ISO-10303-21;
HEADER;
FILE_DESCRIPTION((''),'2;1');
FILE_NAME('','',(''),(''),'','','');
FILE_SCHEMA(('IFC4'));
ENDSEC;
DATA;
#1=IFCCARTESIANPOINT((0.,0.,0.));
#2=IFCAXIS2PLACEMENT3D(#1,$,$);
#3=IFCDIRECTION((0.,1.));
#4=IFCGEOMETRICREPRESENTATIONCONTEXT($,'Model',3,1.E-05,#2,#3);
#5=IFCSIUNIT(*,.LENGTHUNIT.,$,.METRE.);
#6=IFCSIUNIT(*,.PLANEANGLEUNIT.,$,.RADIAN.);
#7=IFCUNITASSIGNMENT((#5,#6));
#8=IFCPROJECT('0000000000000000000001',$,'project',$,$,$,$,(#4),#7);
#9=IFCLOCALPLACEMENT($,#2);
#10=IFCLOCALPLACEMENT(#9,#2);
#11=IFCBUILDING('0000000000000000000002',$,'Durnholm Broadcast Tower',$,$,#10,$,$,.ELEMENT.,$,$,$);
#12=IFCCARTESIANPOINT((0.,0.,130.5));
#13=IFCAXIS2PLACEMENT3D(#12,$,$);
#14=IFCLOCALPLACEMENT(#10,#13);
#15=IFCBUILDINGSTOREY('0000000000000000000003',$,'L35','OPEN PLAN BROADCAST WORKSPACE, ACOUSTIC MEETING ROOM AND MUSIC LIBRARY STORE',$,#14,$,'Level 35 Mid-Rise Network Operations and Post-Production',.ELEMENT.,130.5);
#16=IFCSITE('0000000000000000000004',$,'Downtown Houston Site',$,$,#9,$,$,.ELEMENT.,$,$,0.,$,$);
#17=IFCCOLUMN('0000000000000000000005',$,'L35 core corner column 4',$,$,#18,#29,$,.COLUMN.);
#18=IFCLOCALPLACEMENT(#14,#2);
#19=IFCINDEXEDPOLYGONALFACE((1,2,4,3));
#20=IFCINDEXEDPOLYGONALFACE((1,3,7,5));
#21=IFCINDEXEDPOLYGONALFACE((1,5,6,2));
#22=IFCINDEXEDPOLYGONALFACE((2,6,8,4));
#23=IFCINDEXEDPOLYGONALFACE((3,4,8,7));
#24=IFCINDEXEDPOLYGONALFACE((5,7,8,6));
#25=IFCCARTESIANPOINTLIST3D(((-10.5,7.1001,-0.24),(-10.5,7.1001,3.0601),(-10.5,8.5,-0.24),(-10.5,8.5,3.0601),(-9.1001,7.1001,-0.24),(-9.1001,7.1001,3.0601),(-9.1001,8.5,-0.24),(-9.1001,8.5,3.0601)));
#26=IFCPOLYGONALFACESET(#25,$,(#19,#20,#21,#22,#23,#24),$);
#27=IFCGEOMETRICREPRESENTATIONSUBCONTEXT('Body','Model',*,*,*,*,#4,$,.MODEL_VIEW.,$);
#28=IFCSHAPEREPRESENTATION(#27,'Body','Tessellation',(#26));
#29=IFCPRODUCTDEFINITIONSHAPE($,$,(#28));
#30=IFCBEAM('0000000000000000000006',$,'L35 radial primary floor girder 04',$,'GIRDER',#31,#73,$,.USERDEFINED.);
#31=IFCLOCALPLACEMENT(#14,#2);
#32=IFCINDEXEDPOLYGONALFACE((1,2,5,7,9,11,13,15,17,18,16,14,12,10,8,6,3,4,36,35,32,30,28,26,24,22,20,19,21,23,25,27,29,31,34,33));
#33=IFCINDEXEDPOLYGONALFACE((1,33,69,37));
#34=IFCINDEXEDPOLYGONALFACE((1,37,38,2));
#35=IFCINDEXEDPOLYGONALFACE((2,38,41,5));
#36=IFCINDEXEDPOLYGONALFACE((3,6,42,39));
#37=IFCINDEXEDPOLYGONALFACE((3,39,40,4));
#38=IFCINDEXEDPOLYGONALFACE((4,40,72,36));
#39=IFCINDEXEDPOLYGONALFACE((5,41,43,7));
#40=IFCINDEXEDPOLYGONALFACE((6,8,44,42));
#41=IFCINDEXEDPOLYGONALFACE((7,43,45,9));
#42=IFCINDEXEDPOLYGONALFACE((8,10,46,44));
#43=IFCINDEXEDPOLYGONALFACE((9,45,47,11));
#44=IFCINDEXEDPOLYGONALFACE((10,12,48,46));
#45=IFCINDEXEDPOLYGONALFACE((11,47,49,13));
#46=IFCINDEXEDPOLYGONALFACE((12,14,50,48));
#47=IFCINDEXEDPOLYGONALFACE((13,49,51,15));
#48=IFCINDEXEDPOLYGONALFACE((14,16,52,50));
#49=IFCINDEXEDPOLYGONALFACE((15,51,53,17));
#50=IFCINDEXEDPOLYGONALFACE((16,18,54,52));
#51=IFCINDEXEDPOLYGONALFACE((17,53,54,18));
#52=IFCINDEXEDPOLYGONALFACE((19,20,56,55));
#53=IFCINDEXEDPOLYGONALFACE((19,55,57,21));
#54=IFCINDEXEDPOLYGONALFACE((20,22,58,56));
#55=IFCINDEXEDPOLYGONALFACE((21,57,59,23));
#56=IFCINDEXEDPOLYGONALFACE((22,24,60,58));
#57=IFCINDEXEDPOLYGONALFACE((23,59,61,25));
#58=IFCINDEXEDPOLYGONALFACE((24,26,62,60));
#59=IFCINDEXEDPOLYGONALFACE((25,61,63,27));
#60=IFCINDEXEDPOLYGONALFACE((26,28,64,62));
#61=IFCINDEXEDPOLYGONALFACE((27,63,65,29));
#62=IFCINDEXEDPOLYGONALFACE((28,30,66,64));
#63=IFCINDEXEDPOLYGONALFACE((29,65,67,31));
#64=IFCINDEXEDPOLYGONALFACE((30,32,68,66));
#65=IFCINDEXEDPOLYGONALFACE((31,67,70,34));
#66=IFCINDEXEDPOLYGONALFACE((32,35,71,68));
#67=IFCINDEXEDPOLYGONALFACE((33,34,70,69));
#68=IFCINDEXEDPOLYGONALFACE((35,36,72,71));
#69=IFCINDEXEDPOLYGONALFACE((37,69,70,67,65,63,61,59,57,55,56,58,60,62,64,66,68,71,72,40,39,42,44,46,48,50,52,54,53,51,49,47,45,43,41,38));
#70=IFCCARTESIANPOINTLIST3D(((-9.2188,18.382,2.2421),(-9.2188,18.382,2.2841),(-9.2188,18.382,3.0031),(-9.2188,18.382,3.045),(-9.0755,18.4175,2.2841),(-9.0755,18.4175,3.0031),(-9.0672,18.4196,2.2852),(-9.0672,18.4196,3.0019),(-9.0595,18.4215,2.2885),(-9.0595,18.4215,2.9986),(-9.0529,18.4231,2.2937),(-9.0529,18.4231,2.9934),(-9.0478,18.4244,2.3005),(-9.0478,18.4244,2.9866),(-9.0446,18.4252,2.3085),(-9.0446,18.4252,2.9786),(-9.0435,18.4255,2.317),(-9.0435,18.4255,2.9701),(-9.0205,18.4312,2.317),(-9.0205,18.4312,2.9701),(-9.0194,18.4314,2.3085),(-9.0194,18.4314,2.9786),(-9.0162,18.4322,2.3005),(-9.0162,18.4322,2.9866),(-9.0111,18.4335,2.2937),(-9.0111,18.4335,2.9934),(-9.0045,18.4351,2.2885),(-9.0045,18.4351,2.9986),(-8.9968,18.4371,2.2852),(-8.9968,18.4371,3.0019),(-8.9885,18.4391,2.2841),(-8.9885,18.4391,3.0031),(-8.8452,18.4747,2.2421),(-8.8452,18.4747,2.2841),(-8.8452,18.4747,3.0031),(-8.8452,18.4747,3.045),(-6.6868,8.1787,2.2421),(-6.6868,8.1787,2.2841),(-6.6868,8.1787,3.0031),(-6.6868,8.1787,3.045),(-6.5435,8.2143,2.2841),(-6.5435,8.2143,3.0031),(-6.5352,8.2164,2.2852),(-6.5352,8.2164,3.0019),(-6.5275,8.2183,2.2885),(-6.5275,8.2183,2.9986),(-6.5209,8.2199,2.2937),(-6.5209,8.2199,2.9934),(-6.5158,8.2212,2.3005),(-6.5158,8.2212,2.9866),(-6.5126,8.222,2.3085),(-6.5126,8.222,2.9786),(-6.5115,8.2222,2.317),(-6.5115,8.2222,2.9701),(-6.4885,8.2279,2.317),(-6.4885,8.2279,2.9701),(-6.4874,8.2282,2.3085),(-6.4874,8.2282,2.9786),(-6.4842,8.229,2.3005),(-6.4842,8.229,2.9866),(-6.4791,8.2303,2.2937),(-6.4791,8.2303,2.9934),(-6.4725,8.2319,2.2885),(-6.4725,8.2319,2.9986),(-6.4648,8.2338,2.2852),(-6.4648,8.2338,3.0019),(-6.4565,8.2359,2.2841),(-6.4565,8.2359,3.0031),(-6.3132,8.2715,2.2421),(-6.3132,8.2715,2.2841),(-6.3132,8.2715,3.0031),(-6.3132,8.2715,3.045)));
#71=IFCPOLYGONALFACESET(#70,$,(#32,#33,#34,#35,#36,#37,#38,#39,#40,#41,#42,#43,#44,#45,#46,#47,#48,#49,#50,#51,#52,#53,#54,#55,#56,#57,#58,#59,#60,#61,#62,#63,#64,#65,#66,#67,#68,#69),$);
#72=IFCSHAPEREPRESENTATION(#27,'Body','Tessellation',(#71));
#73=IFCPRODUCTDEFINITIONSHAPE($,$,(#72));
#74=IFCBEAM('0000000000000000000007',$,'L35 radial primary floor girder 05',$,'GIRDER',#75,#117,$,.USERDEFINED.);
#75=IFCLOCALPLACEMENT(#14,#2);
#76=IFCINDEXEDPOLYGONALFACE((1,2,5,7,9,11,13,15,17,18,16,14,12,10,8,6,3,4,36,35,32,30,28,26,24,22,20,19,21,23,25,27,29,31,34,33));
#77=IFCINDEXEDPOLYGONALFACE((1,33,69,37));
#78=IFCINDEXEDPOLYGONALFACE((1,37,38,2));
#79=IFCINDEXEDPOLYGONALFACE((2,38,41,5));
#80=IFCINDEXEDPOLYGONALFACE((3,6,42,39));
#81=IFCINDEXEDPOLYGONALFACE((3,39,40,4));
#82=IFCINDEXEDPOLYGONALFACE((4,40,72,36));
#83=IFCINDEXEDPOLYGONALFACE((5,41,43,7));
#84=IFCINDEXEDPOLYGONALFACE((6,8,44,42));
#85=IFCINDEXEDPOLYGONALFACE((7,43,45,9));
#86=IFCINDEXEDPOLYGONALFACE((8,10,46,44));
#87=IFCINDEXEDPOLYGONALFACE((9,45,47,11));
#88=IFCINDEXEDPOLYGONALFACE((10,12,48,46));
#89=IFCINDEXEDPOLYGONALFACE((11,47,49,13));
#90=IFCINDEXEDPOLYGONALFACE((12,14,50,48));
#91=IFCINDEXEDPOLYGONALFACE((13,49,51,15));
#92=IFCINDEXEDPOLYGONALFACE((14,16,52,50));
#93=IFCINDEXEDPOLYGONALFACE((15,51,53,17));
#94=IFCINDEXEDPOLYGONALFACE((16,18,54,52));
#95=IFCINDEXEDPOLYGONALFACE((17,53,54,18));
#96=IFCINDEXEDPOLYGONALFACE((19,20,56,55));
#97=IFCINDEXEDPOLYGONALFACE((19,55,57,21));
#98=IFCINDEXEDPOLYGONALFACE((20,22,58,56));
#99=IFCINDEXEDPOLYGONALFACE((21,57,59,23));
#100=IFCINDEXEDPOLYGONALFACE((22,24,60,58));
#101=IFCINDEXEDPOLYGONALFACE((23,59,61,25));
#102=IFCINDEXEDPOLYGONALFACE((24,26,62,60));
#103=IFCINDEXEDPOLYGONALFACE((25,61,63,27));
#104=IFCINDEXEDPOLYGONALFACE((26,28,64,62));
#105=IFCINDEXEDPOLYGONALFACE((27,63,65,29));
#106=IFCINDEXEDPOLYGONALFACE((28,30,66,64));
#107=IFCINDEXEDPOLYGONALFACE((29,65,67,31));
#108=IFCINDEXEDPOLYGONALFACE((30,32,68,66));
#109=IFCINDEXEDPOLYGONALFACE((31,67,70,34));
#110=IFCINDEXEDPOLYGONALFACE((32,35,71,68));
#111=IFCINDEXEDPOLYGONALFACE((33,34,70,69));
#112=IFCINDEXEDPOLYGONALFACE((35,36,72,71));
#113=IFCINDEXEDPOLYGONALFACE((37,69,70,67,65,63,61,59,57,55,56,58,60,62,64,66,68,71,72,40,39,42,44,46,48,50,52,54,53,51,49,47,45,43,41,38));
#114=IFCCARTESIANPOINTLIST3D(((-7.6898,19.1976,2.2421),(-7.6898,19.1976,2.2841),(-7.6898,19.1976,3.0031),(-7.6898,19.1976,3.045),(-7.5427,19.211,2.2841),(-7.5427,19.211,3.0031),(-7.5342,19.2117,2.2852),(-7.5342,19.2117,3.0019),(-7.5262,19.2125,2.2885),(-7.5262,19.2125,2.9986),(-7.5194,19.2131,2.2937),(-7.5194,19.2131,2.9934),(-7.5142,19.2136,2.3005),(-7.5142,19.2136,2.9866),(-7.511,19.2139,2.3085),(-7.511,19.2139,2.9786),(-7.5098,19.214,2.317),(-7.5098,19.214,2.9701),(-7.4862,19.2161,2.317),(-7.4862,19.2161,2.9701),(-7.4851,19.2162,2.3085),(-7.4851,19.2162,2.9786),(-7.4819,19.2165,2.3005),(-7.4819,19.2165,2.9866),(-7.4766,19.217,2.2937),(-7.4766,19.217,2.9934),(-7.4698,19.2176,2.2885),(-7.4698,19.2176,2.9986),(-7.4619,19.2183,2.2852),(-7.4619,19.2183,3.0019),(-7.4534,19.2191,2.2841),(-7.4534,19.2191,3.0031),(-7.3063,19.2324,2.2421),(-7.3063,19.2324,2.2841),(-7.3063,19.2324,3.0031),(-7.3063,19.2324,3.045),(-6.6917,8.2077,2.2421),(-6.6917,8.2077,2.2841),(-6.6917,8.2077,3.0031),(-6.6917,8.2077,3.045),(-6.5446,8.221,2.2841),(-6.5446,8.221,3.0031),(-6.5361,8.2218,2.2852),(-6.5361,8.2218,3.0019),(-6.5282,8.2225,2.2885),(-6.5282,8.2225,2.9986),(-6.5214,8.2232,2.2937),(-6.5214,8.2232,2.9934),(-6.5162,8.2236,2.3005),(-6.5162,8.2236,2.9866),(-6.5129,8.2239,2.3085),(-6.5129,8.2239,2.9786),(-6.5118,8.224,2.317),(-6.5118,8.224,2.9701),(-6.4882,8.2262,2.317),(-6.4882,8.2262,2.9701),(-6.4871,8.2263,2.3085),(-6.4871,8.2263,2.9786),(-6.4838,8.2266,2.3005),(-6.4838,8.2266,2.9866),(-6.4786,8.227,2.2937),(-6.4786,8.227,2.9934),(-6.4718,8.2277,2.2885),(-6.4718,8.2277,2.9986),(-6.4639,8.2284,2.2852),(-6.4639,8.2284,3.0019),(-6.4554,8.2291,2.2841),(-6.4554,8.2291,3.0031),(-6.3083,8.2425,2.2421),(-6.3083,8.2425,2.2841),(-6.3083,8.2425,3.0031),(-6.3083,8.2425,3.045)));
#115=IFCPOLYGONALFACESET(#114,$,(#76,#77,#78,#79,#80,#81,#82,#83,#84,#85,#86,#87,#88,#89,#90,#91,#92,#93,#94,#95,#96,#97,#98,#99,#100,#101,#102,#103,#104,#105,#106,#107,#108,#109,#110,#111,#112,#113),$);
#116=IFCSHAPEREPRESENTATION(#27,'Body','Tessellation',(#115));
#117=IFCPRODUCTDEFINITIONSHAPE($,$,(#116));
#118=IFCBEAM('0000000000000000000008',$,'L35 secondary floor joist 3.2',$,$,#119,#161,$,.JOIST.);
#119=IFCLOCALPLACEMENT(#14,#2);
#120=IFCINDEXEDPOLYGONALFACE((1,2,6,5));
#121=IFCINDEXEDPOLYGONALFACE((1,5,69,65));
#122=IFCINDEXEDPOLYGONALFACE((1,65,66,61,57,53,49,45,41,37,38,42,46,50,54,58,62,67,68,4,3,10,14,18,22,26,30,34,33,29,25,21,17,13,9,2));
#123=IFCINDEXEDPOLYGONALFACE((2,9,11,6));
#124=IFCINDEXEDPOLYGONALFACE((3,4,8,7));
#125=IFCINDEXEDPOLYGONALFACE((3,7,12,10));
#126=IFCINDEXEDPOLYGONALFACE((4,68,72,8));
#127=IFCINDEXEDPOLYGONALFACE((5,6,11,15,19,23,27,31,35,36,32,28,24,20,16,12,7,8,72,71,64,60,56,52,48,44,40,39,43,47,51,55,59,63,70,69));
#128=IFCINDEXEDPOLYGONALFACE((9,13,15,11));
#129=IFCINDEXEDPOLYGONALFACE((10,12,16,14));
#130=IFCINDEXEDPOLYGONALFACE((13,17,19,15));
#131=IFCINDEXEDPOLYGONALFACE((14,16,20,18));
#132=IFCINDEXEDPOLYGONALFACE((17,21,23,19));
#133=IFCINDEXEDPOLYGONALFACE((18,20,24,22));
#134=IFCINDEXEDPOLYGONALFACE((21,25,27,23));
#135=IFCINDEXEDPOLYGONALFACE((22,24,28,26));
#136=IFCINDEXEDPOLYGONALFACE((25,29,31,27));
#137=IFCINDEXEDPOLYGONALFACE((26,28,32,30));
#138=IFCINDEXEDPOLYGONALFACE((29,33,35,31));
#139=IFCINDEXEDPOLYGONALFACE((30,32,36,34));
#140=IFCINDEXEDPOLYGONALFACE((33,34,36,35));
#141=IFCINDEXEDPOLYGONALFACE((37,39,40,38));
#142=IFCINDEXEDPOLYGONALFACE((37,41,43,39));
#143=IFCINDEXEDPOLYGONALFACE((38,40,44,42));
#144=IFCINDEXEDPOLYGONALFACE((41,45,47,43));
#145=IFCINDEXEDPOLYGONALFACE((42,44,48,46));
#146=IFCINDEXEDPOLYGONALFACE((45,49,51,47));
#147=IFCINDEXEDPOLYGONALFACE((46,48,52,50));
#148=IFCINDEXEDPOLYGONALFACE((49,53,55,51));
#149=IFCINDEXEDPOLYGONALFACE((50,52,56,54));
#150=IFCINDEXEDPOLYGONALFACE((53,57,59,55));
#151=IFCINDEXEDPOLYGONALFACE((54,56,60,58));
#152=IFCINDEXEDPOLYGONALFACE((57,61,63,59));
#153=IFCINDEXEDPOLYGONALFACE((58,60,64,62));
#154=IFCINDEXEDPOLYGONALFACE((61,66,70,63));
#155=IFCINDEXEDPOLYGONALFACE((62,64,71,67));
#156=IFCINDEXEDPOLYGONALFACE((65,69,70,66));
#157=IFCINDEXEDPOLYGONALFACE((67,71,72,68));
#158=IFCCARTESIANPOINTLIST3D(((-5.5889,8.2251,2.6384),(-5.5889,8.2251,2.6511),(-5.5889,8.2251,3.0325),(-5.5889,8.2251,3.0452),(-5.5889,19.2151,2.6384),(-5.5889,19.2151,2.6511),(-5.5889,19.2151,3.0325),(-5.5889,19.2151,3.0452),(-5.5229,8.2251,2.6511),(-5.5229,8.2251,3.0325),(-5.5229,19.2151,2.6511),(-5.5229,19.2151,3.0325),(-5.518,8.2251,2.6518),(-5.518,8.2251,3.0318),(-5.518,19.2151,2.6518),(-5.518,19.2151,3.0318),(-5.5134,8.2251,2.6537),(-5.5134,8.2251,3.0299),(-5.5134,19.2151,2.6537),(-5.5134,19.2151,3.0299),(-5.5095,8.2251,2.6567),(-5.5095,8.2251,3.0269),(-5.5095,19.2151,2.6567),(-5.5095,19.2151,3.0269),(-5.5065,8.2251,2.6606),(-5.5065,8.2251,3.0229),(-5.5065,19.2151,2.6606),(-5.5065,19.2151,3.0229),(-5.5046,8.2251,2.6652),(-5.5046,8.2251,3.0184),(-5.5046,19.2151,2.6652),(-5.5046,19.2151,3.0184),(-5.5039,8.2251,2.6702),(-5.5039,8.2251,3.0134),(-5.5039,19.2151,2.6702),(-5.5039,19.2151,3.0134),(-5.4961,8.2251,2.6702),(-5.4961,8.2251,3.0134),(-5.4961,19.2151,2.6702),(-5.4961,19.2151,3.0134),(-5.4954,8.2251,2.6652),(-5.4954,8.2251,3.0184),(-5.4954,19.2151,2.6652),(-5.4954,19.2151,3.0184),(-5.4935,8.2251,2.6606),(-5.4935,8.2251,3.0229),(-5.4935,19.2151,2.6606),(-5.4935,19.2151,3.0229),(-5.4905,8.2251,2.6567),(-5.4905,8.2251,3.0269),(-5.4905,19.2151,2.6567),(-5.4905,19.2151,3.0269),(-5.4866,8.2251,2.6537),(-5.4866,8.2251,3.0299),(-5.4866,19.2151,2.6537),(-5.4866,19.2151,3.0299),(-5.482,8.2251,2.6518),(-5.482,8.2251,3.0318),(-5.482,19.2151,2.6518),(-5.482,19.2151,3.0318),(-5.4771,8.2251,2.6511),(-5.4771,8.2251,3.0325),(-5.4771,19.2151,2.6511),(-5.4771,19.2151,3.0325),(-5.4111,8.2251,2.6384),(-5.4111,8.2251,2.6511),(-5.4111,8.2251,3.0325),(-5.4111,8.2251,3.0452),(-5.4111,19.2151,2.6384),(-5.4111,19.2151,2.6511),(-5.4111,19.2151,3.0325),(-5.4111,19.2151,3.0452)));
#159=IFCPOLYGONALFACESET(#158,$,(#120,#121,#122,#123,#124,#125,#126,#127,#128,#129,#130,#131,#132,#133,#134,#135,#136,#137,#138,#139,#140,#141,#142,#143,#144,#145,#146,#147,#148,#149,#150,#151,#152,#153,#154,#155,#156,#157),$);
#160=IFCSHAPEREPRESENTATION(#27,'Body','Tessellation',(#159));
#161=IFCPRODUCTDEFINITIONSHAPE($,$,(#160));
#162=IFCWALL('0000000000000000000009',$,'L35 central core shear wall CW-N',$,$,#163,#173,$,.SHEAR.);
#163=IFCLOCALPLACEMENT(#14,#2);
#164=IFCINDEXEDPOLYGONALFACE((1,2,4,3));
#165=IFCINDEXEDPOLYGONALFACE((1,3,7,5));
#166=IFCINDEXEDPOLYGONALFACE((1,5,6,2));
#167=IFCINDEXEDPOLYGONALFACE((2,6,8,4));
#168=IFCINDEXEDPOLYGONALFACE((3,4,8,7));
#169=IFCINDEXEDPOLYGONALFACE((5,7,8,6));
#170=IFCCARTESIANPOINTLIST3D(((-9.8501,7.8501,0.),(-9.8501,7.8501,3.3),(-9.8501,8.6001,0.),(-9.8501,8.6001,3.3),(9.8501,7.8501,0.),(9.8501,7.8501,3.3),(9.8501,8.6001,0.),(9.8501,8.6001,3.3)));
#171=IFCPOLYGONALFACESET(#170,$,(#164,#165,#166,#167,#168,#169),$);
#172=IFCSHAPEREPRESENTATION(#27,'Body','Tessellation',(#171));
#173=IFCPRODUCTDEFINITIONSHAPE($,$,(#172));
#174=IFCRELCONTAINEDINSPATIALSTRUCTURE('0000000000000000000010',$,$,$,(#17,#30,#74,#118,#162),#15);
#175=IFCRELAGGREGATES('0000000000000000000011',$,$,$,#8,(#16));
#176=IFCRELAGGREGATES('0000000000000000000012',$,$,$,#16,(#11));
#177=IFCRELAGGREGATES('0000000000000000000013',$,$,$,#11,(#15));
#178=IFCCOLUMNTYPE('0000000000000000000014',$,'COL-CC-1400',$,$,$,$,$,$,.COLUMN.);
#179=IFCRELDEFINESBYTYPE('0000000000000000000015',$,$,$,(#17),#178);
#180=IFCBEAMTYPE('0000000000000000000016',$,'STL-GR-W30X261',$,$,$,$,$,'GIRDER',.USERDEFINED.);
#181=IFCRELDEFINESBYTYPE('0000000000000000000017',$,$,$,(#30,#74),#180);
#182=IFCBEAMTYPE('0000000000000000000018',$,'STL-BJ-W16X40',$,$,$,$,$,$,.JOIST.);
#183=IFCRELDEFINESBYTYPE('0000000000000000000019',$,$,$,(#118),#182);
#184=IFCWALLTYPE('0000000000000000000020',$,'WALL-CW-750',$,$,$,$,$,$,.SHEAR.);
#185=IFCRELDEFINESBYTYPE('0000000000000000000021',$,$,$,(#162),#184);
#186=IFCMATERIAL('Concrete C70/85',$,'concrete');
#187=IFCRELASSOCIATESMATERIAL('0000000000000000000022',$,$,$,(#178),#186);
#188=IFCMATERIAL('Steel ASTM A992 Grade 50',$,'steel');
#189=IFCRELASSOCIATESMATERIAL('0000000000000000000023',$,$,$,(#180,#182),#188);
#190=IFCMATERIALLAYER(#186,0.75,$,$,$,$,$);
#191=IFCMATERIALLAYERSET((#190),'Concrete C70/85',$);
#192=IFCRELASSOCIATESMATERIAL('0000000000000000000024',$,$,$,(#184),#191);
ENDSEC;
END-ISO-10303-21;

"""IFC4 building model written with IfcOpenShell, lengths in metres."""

from ifc_helpers import new_model, si_unit, direction, frame, frame_2d, origin, origin_2d, place, context, subcontext, project, spatial, rectangle, i_section, extrude, source, transform, mapped, material, layer, layer_set, material_profile, profile_set, type_object, type_shapes, element, save


model = new_model("IFC4")

# Units and contexts
model_context = context("Model", 3, precision=1e-05, world=origin(), true_north=direction((0.0, 1.0)))
body_context = subcontext(model_context, "Body", "Model", "MODEL_VIEW")
ifc_project = project(units=[si_unit("LENGTHUNIT", "METRE"), si_unit("PLANEANGLEUNIT", "RADIAN")], contexts=[model_context])

# Site, building, storey
site_placement = place(None, origin())
site = spatial("IfcSite", under=ifc_project, at=site_placement, Name="Downtown Houston Site", CompositionType="ELEMENT", RefElevation=0.0)
building_placement = place(site_placement, origin())
building = spatial("IfcBuilding", under=site, at=building_placement, Name="Durnholm Broadcast Tower", CompositionType="ELEMENT")
storey_placement = place(building_placement, frame((0.0, 0.0, 130.5)))
storey = spatial("IfcBuildingStorey", under=building, at=storey_placement, Name="L35", Description="OPEN PLAN BROADCAST WORKSPACE, ACOUSTIC MEETING ROOM AND MUSIC LIBRARY STORE", LongName="Level 35 Mid-Rise Network Operations and Post-Production", CompositionType="ELEMENT", Elevation=130.5)

# Column
ifc_material_1 = material(Name="Concrete C70/85", Category="concrete")
ifc_material_profile_1 = material_profile(ifc_material_1, rectangle(XDim=1.3999, YDim=1.3999, at=origin_2d()), Name="RC1400X1400")
ifc_profile_set_1 = profile_set([ifc_material_profile_1], Name="Concrete C70/85")
column_type = type_object("IfcColumnType", Name="COL-CC-1400", PredefinedType="COLUMN", material=ifc_profile_set_1)
shared_shape_1 = source(origin(), body_context, "Body", "SweptSolid", [
    extrude(rectangle(XDim=1.3999, YDim=1.3999, at=origin_2d()), origin(), (0.0, 0.0, 1.0), 3.3),
])
type_shapes(column_type, [shared_shape_1])
column_placement = place(storey_placement, frame((-9.8, 7.8, -0.24), z_axis=(0.0, 0.0, 1.0), x_axis=(1.0, 0.0, 0.0)))
element("IfcColumn", 1, at=column_placement, inside=storey, type_object=column_type, Name="L35 core corner column 4", PredefinedType="COLUMN", context=body_context, shape_type="MappedRepresentation", body=[
    mapped(shared_shape_1, transform((0.0, 0.0, 0.0), x_axis=(1.0, 0.0, 0.0), y_axis=(0.0, 1.0, 0.0), z_axis=(0.0, 0.0, 1.0), scale=1.0)),
])

# Beams
ifc_material_2 = material(Name="Steel ASTM A992 Grade 50", Category="steel")
ifc_material_profile_2 = material_profile(ifc_material_2, i_section(OverallWidth=0.385, OverallDepth=0.803, WebThickness=0.0237, FlangeThickness=0.042, FilletRadius=0.033, at=origin_2d()), Name="W30X261")
ifc_profile_set_2 = profile_set([ifc_material_profile_2], Name="Steel ASTM A992 Grade 50")
beam_type_1 = type_object("IfcBeamType", Name="STL-GR-W30X261", ElementType="GIRDER", PredefinedType="USERDEFINED", material=ifc_profile_set_2)
shared_shape_2 = source(origin(), body_context, "Body", "SweptSolid", [
    extrude(i_section(OverallWidth=0.385, OverallDepth=0.803, WebThickness=0.0237, FlangeThickness=0.042, FilletRadius=0.033, at=origin_2d()), origin(), (0.0, 0.0, 1.0), 10.5127),
])
beam_1_placement = place(storey_placement, frame((-6.5, 8.2251, 2.6436), z_axis=(-0.240852, 0.970562, 0.0), x_axis=(-0.970562, -0.240852, 0.0)))
element("IfcBeam", 2, at=beam_1_placement, inside=storey, type_object=beam_type_1, Name="L35 radial primary floor girder 04", ObjectType="GIRDER", PredefinedType="USERDEFINED", context=body_context, shape_type="MappedRepresentation", body=[
    mapped(shared_shape_2, transform((0.0, 0.0, 0.0), x_axis=(1.0, 0.0, 0.0), y_axis=(0.0, 1.0, 0.0), z_axis=(0.0, 0.0, 1.0), scale=1.0)),
])
shared_shape_3 = source(origin(), body_context, "Body", "SweptSolid", [
    extrude(i_section(OverallWidth=0.385, OverallDepth=0.803, WebThickness=0.0237, FlangeThickness=0.042, FilletRadius=0.033, at=origin_2d()), origin(), (0.0, 0.0, 1.0), 11.0352),
])
type_shapes(beam_type_1, [shared_shape_2, shared_shape_3])
beam_2_placement = place(storey_placement, frame((-6.5, 8.2251, 2.6436), z_axis=(-0.090442, 0.995902, 0.0), x_axis=(-0.995902, -0.090442, 0.0)))
element("IfcBeam", 3, at=beam_2_placement, inside=storey, type_object=beam_type_1, Name="L35 radial primary floor girder 05", ObjectType="GIRDER", PredefinedType="USERDEFINED", context=body_context, shape_type="MappedRepresentation", body=[
    mapped(shared_shape_3, transform((0.0, 0.0, 0.0), x_axis=(1.0, 0.0, 0.0), y_axis=(0.0, 1.0, 0.0), z_axis=(0.0, 0.0, 1.0), scale=1.0)),
])
ifc_material_profile_3 = material_profile(ifc_material_2, i_section(OverallWidth=0.1777, OverallDepth=0.4067, WebThickness=0.0078, FlangeThickness=0.0127, FilletRadius=0.019, at=origin_2d()), Name="W16X40")
ifc_profile_set_3 = profile_set([ifc_material_profile_3], Name="Steel ASTM A992 Grade 50")
beam_type_2 = type_object("IfcBeamType", Name="STL-BJ-W16X40", PredefinedType="JOIST", material=ifc_profile_set_3)
shared_shape_4 = source(origin(), body_context, "Body", "SweptSolid", [
    extrude(i_section(OverallWidth=0.1777, OverallDepth=0.4067, WebThickness=0.0078, FlangeThickness=0.0127, FilletRadius=0.019, at=origin_2d()), origin(), (0.0, 0.0, 1.0), 10.99),
])
type_shapes(beam_type_2, [shared_shape_4])
beam_3_placement = place(storey_placement, frame((-5.5, 8.2251, 2.8418), z_axis=(0.0, 1.0, 0.0), x_axis=(-1.0, 0.0, 0.0)))
element("IfcBeam", 4, at=beam_3_placement, inside=storey, type_object=beam_type_2, Name="L35 secondary floor joist 3.2", PredefinedType="JOIST", context=body_context, shape_type="MappedRepresentation", body=[
    mapped(shared_shape_4, transform((0.0, 0.0, 0.0), x_axis=(1.0, 0.0, 0.0), y_axis=(0.0, 1.0, 0.0), z_axis=(0.0, 0.0, 1.0), scale=1.0)),
])

# Wall
ifc_layer_1 = layer(ifc_material_1, 0.75)
ifc_layer_set_1 = layer_set([ifc_layer_1], Name="Concrete C70/85")
wall_type_1 = type_object("IfcWallType", Name="WALL-CW-750", PredefinedType="SHEAR", material=ifc_layer_set_1)
wall_1_placement = place(storey_placement, frame((-9.8501, 8.2251, 0.0), z_axis=(0.0, 0.0, 1.0), x_axis=(1.0, 0.0, 0.0)))
element("IfcWall", 5, at=wall_1_placement, inside=storey, type_object=wall_type_1, Name="L35 central core shear wall CW-N", PredefinedType="SHEAR", context=body_context, shape_type="SweptSolid", body=[
    extrude(rectangle(XDim=19.7002, YDim=0.75, at=frame_2d((9.8501, 0.0))), origin(), (0.0, 0.0, 1.0), 3.3),
])

save(model, "model.ifc")
